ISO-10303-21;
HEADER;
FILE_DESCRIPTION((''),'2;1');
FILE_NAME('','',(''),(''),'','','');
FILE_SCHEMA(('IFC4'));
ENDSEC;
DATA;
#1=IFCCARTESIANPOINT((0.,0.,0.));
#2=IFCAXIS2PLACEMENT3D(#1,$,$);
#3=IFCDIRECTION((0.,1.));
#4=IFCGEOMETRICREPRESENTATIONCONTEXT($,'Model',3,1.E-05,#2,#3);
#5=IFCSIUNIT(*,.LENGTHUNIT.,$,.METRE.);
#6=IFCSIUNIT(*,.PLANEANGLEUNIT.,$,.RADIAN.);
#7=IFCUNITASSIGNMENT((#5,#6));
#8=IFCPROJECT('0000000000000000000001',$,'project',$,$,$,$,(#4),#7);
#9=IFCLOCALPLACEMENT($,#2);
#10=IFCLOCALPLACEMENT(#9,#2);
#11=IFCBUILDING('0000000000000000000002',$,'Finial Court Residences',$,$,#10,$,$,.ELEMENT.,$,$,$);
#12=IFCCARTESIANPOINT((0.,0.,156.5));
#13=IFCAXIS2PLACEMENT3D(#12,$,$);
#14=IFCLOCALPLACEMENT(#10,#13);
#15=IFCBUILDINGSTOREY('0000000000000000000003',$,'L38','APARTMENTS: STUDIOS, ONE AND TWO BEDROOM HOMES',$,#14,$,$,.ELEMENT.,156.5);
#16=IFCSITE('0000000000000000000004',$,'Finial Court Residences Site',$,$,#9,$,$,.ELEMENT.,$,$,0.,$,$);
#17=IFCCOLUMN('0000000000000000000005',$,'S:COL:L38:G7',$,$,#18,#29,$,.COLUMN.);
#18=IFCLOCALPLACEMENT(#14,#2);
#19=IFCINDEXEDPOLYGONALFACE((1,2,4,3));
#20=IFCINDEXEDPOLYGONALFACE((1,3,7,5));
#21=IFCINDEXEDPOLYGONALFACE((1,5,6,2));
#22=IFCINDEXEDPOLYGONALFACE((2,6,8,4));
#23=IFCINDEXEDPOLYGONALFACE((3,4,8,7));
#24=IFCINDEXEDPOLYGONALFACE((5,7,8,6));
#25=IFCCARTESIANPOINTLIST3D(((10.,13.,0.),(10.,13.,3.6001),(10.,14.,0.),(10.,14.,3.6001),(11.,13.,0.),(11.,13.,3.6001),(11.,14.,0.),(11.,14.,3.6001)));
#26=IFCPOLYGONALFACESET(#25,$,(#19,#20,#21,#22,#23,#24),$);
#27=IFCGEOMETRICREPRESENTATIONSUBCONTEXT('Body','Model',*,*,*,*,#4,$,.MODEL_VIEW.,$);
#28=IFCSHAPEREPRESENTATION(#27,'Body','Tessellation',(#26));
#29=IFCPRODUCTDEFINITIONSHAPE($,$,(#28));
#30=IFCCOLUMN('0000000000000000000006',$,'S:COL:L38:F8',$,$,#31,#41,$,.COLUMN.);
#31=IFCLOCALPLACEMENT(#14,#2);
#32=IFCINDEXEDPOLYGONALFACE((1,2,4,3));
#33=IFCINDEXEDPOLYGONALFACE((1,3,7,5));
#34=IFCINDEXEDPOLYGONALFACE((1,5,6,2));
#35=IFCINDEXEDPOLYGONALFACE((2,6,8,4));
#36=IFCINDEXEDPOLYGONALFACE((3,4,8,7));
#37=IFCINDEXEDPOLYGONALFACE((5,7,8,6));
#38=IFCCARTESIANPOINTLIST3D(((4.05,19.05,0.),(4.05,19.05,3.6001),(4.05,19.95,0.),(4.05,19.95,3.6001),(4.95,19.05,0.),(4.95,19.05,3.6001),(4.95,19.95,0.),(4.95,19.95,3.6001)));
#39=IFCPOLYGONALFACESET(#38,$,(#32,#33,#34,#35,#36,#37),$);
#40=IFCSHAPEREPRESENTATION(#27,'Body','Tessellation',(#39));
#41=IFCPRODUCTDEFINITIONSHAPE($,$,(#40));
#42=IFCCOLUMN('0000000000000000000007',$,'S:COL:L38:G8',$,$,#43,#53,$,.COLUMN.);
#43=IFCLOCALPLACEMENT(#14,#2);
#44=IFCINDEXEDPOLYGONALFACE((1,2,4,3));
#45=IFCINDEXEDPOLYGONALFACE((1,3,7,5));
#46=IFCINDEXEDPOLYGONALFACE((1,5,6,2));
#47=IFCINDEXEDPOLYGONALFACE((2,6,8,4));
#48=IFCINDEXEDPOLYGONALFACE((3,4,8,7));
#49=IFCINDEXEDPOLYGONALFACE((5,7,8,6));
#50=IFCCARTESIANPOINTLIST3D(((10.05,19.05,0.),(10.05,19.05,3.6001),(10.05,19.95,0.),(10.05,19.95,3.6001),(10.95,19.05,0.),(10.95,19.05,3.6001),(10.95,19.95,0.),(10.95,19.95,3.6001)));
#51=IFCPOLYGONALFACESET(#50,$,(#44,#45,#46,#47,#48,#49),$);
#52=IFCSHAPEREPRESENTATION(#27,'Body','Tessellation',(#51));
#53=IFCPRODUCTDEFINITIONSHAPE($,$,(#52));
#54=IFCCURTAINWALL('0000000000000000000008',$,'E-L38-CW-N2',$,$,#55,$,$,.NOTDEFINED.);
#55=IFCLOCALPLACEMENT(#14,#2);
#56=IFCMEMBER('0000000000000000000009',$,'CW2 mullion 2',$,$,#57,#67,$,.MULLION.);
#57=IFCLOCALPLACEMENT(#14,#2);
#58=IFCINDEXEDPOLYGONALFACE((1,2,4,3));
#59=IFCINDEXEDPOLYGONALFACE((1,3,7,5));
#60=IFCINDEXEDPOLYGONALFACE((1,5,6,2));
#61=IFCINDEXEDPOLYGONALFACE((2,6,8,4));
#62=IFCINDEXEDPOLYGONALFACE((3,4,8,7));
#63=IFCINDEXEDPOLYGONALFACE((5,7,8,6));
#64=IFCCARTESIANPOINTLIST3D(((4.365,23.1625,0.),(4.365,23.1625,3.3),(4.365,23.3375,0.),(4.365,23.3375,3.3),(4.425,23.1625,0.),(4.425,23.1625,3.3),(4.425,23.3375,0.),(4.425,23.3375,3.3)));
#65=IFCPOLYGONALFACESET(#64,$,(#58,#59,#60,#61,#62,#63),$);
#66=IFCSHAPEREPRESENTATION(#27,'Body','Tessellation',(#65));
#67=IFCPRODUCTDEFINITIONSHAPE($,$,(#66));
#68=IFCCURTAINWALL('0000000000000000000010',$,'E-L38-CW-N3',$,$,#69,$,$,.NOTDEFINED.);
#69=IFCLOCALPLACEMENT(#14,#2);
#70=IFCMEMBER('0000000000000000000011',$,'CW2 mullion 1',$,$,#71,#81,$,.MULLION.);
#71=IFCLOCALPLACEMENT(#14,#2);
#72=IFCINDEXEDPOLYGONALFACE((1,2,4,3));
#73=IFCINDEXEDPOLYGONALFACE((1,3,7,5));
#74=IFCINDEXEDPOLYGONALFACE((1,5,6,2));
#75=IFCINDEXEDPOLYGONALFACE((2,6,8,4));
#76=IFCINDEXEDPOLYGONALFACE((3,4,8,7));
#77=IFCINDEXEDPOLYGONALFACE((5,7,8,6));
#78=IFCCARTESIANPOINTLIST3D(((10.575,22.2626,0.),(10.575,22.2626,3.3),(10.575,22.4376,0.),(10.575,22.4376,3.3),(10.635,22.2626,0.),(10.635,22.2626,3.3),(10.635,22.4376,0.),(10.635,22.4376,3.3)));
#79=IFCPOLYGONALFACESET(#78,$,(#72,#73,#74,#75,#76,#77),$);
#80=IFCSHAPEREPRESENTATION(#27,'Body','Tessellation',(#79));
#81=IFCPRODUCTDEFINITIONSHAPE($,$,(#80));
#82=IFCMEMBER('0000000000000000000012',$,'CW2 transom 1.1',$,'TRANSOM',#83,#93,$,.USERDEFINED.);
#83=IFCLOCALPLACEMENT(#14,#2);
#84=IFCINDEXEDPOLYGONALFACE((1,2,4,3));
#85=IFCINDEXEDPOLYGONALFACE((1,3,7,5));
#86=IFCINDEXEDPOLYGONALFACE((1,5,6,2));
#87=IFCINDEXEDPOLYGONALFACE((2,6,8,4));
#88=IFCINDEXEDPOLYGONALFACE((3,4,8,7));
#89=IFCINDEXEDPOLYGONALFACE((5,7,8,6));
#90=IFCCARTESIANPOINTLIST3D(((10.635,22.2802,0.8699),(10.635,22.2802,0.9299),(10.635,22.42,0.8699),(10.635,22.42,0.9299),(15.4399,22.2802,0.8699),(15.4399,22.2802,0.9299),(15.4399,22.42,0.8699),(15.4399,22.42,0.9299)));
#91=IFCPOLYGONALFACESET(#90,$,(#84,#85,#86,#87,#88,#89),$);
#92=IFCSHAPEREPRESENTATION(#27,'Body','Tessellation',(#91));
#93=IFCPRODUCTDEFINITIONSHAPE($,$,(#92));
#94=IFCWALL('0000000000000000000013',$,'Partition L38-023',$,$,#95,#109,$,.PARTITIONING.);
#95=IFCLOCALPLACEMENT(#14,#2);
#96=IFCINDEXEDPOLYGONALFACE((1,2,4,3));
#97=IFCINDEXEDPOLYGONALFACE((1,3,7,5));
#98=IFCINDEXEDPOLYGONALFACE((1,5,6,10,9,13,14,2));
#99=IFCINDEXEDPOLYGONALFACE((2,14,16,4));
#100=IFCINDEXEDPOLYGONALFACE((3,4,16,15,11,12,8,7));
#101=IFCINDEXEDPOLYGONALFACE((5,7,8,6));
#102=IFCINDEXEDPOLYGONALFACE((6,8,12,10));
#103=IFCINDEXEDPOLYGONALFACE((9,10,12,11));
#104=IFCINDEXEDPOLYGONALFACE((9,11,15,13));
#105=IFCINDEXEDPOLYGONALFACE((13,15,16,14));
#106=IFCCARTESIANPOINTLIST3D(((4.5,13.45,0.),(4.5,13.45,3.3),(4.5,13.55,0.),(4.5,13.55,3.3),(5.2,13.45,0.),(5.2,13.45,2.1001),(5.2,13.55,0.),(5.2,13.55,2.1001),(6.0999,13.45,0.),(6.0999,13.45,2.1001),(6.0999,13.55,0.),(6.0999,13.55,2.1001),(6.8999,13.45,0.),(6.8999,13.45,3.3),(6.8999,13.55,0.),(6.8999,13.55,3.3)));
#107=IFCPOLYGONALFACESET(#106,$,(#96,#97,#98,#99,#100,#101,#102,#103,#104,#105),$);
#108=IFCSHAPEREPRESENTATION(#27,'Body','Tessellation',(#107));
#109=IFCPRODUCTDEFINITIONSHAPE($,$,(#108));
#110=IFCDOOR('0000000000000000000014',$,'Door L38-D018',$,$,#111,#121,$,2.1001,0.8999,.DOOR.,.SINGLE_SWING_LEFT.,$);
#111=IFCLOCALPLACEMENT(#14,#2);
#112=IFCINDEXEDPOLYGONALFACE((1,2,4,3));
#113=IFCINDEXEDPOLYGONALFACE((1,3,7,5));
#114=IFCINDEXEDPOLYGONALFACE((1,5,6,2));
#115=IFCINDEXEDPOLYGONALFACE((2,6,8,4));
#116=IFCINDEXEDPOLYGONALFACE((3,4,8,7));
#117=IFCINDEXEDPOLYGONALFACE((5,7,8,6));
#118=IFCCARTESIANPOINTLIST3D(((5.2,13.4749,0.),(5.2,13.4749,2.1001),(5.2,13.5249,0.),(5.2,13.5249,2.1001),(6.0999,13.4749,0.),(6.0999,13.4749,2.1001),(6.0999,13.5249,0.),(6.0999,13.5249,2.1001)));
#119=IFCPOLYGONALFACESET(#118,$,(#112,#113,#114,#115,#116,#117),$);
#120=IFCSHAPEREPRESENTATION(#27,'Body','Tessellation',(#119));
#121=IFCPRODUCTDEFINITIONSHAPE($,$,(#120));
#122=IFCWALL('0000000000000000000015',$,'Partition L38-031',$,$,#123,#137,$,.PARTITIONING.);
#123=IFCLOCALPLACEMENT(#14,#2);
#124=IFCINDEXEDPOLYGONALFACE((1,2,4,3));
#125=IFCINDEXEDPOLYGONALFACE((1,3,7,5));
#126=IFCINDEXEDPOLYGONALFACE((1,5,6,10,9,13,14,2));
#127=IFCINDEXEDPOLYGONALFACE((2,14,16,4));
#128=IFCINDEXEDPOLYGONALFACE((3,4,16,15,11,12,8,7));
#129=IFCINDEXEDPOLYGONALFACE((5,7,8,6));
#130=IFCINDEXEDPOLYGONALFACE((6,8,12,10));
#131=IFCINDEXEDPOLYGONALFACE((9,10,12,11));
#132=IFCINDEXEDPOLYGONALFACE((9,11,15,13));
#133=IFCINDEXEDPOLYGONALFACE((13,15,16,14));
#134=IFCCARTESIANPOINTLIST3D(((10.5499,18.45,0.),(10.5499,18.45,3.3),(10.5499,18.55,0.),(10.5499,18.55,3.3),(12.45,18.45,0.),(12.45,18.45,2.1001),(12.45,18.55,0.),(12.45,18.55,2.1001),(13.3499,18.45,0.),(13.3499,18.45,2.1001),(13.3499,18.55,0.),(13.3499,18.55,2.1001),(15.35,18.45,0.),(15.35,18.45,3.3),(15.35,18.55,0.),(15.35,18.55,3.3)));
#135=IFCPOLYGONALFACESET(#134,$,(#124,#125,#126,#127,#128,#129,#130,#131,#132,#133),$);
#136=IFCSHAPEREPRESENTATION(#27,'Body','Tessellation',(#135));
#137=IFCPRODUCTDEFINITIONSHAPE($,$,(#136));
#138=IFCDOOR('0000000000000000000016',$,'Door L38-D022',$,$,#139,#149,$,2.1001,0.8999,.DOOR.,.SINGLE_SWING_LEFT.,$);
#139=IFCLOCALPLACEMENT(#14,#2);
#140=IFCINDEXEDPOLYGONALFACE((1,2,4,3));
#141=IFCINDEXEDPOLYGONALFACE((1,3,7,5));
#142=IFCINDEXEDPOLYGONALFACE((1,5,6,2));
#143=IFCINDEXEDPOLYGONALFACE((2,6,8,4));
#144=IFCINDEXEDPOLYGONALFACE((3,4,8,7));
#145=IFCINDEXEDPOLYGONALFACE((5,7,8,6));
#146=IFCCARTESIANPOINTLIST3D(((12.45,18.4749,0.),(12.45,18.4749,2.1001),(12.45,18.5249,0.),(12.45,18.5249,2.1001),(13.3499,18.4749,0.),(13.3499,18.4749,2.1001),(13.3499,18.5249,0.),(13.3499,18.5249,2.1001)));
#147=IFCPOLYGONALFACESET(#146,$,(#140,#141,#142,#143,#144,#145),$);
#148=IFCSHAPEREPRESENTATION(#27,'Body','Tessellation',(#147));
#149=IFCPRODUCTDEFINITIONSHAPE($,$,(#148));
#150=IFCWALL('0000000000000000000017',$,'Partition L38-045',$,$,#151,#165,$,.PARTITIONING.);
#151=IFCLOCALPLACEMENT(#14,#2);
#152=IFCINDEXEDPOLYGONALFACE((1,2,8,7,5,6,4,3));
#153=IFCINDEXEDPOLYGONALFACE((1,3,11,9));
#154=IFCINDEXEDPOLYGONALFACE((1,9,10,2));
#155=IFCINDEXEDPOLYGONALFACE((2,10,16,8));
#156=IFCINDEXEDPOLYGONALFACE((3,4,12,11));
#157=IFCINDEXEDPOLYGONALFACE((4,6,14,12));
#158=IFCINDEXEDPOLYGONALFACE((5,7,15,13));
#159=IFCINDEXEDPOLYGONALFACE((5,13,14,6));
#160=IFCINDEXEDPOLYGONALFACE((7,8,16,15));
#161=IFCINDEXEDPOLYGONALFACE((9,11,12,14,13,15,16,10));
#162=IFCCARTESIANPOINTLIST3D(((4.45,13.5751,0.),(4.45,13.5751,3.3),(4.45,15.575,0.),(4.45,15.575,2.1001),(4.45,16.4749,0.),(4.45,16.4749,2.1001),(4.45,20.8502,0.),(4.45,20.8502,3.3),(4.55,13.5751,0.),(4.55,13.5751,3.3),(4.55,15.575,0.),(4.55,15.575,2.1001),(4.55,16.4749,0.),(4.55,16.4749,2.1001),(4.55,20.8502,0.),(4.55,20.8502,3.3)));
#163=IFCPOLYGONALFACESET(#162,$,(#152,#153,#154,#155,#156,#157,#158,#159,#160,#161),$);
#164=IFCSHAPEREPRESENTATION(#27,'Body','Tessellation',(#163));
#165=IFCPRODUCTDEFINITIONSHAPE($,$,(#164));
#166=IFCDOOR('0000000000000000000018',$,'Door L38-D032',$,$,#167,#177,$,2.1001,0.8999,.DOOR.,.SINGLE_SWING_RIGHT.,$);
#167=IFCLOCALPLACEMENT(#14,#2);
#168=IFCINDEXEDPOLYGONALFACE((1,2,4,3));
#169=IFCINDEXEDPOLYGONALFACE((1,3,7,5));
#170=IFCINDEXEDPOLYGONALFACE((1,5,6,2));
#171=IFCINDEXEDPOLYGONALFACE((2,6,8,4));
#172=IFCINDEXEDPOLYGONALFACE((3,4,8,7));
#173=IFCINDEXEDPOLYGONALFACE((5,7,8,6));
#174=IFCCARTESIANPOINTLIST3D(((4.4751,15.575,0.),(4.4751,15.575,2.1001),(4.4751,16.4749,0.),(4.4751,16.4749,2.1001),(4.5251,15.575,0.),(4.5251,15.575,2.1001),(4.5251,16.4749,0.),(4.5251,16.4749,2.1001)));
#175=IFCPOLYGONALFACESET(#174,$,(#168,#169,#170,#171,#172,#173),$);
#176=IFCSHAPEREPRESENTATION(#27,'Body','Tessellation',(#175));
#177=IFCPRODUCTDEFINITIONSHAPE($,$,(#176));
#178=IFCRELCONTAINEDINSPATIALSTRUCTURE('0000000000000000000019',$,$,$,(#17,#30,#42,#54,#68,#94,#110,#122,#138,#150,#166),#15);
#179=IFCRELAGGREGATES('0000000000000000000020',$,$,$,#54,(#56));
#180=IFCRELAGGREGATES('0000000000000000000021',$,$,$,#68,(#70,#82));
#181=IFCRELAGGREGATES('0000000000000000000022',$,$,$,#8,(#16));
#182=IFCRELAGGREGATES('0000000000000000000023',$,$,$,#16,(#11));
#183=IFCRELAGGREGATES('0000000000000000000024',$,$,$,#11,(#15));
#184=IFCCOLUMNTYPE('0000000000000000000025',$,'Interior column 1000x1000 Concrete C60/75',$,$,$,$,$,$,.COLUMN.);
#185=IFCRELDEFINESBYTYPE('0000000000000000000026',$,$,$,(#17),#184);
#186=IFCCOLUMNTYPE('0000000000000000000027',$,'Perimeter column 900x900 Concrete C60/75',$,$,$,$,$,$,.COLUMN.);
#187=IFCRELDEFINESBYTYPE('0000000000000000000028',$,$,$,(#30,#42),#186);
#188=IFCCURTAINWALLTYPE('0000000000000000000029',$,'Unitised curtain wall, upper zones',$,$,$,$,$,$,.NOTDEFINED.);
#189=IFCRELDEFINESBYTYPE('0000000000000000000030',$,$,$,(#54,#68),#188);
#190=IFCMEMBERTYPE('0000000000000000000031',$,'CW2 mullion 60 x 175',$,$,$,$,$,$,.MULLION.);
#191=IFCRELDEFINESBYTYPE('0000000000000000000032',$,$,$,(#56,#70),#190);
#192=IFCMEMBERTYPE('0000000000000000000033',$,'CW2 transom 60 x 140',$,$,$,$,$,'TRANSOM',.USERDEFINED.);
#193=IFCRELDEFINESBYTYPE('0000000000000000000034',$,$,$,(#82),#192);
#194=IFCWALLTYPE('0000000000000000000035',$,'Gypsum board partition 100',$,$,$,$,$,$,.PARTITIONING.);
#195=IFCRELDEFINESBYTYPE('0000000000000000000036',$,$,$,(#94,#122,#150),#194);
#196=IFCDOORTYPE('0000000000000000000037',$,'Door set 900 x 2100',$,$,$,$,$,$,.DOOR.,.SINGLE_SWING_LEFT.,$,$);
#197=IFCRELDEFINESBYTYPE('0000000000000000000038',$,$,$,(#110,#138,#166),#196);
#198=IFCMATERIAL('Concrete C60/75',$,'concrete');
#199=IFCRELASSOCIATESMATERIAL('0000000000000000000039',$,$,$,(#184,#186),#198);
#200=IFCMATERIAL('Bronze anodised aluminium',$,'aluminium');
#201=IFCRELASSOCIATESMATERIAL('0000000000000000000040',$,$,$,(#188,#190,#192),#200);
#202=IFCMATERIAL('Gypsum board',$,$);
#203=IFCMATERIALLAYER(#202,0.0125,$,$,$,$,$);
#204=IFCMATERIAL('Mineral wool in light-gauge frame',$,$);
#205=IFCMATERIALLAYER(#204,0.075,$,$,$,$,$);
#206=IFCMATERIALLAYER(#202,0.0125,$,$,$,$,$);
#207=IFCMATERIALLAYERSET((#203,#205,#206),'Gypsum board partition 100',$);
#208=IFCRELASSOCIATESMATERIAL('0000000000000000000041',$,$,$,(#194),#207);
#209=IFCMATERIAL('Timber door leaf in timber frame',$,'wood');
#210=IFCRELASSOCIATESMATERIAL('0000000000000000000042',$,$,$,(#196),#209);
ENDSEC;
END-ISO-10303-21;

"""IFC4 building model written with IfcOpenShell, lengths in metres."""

from ifc_helpers import new_model, si_unit, direction, frame, frame_2d, origin, origin_2d, place, context, subcontext, project, spatial, rectangle, extrude, material, layer, layer_set, material_profile, profile_set, type_object, element, fill, aggregate, save


model = new_model("IFC4")

# Units and contexts
model_context = context("Model", 3, precision=1e-05, world=origin(), true_north=direction((0.0, 1.0)))
body_context = subcontext(model_context, "Body", "Model", "MODEL_VIEW")
ifc_project = project(units=[si_unit("LENGTHUNIT", "METRE"), si_unit("PLANEANGLEUNIT", "RADIAN")], contexts=[model_context])

# Site, building, storey
site_placement = place(None, origin())
site = spatial("IfcSite", under=ifc_project, at=site_placement, Name="Finial Court Residences Site", CompositionType="ELEMENT", RefElevation=0.0)
building_placement = place(site_placement, origin())
building = spatial("IfcBuilding", under=site, at=building_placement, Name="Finial Court Residences", CompositionType="ELEMENT")
storey_placement = place(building_placement, frame((0.0, 0.0, 156.5)))
storey = spatial("IfcBuildingStorey", under=building, at=storey_placement, Name="L38", Description="APARTMENTS: STUDIOS, ONE AND TWO BEDROOM HOMES", CompositionType="ELEMENT", Elevation=156.5)

# Columns
ifc_material_1 = material(Name="Concrete C60/75", Category="concrete")
ifc_material_profile_1 = material_profile(ifc_material_1, rectangle(XDim=1.0, YDim=1.0, at=origin_2d()), Name="1000x1000")
ifc_profile_set_1 = profile_set([ifc_material_profile_1], Name="Concrete C60/75")
column_type_1 = type_object("IfcColumnType", Name="Interior column 1000x1000 Concrete C60/75", PredefinedType="COLUMN", material=ifc_profile_set_1)
column_placement = place(storey_placement, frame((10.5, 13.5, 0.0), z_axis=(0.0, 0.0, 1.0), x_axis=(1.0, 0.0, 0.0)))
element("IfcColumn", 1, at=column_placement, inside=storey, type_object=column_type_1, Name="S:COL:L38:G7", PredefinedType="COLUMN", context=body_context, shape_type="SweptSolid", body=[
    extrude(rectangle(XDim=1.0, YDim=1.0, at=origin_2d()), origin(), (0.0, 0.0, 1.0), 3.6001),
])
ifc_material_profile_2 = material_profile(ifc_material_1, rectangle(XDim=0.8999, YDim=0.8999, at=origin_2d()), Name="900x900")
ifc_profile_set_2 = profile_set([ifc_material_profile_2], Name="Concrete C60/75")
column_type_2 = type_object("IfcColumnType", Name="Perimeter column 900x900 Concrete C60/75", PredefinedType="COLUMN", material=ifc_profile_set_2)
for number, where, z_axis, x_axis, name in (
    (2, (4.5, 19.5, 0.0), (0.0, 0.0, 1.0), (1.0, 0.0, 0.0), "S:COL:L38:F8"),
    (3, (10.5, 19.5, 0.0), (0.0, 0.0, 1.0), (1.0, 0.0, 0.0), "S:COL:L38:G8"),
):
    element("IfcColumn", number, at=place(storey_placement, frame(where, z_axis=z_axis, x_axis=x_axis)), inside=storey, type_object=column_type_2, Name=name, PredefinedType="COLUMN", context=body_context, shape_type="SweptSolid", body=[
        extrude(rectangle(XDim=0.8999, YDim=0.8999, at=origin_2d()), origin(), (0.0, 0.0, 1.0), 3.6001),
    ])

# Curtain wall, member
ifc_material_2 = material(Name="Bronze anodised aluminium", Category="aluminium")
curtain_wall_type = type_object("IfcCurtainWallType", Name="Unitised curtain wall, upper zones", PredefinedType="NOTDEFINED", material=ifc_material_2)
curtain_wall_1_placement = place(storey_placement, origin())
curtain_wall_1 = element("IfcCurtainWall", 4, at=curtain_wall_1_placement, inside=storey, type_object=curtain_wall_type, Name="E-L38-CW-N2", PredefinedType="NOTDEFINED")
ifc_material_profile_3 = material_profile(ifc_material_2, rectangle(XDim=0.175, YDim=0.0601, at=origin_2d()), Name="CW2 mullion 60 x 175")
ifc_profile_set_3 = profile_set([ifc_material_profile_3], Name="Bronze anodised aluminium")
member_type_1 = type_object("IfcMemberType", Name="CW2 mullion 60 x 175", PredefinedType="MULLION", material=ifc_profile_set_3)
member_1_placement = place(storey_placement, frame((4.395, 23.25, 0.0), z_axis=(0.0, 0.0, 1.0), x_axis=(0.0, 1.0, 0.0)))
member_1 = element("IfcMember", 5, at=member_1_placement, type_object=member_type_1, Name="CW2 mullion 2", PredefinedType="MULLION", context=body_context, shape_type="SweptSolid", body=[
    extrude(rectangle(XDim=0.175, YDim=0.0601, at=origin_2d()), origin(), (0.0, 0.0, 1.0), 3.3),
])
aggregate(curtain_wall_1, [member_1])

# Curtain wall, members
curtain_wall_2_placement = place(storey_placement, origin())
curtain_wall_2 = element("IfcCurtainWall", 6, at=curtain_wall_2_placement, inside=storey, type_object=curtain_wall_type, Name="E-L38-CW-N3", PredefinedType="NOTDEFINED")
member_2_placement = place(storey_placement, frame((10.605, 22.3501, 0.0), z_axis=(0.0, 0.0, 1.0), x_axis=(0.0, 1.0, 0.0)))
member_2 = element("IfcMember", 7, at=member_2_placement, type_object=member_type_1, Name="CW2 mullion 1", PredefinedType="MULLION", context=body_context, shape_type="SweptSolid", body=[
    extrude(rectangle(XDim=0.175, YDim=0.0601, at=origin_2d()), origin(), (0.0, 0.0, 1.0), 3.3),
])
ifc_material_profile_4 = material_profile(ifc_material_2, rectangle(XDim=0.1399, YDim=0.0601, at=origin_2d()), Name="CW2 transom 60 x 140")
ifc_profile_set_4 = profile_set([ifc_material_profile_4], Name="Bronze anodised aluminium")
member_type_2 = type_object("IfcMemberType", Name="CW2 transom 60 x 140", ElementType="TRANSOM", PredefinedType="USERDEFINED", material=ifc_profile_set_4)
member_3_placement = place(storey_placement, frame((10.635, 22.3501, 0.8999), z_axis=(1.0, 0.0, 0.0), x_axis=(0.0, 1.0, 0.0)))
member_3 = element("IfcMember", 8, at=member_3_placement, type_object=member_type_2, Name="CW2 transom 1.1", ObjectType="TRANSOM", PredefinedType="USERDEFINED", context=body_context, shape_type="SweptSolid", body=[
    extrude(rectangle(XDim=0.1399, YDim=0.0601, at=origin_2d()), origin(), (0.0, 0.0, 1.0), 4.8049),
])
aggregate(curtain_wall_2, [member_2, member_3])

# Walls, openings, doors
ifc_material_3 = material(Name="Gypsum board")
ifc_layer_1 = layer(ifc_material_3, 0.0125)
ifc_material_4 = material(Name="Mineral wool in light-gauge frame")
ifc_layer_2 = layer(ifc_material_4, 0.075)
ifc_layer_3 = layer(ifc_material_3, 0.0125)
ifc_layer_set_1 = layer_set([ifc_layer_1, ifc_layer_2, ifc_layer_3], Name="Gypsum board partition 100")
wall_type_1 = type_object("IfcWallType", Name="Gypsum board partition 100", PredefinedType="PARTITIONING", material=ifc_layer_set_1)
wall_1_placement = place(storey_placement, frame((4.5, 13.5, 0.0), z_axis=(0.0, 0.0, 1.0), x_axis=(1.0, 0.0, 0.0)))
wall_1 = element("IfcWall", 9, at=wall_1_placement, inside=storey, type_object=wall_type_1, Name="Partition L38-023", PredefinedType="PARTITIONING", context=body_context, shape_type="SweptSolid", body=[
    extrude(rectangle(XDim=2.3999, YDim=0.1001, at=frame_2d((1.2, 0.0))), origin(), (0.0, 0.0, 1.0), 3.3),
])
opening_1_placement = place(wall_1_placement, frame((0.7, 0.0, 0.0)))
opening_1 = element("IfcOpeningElement", 10, at=opening_1_placement, cuts=wall_1, PredefinedType="OPENING", context=body_context, shape_type="SweptSolid", body=[
    extrude(rectangle(XDim=0.8999, YDim=2.1001, at=frame_2d((0.45, 1.05))), frame((0.0, 0.0601, 0.0), z_axis=(0.0, -1.0, 0.0), x_axis=(1.0, 0.0, 0.0)), (0.0, 0.0, 1.0), 0.1201),
])
ifc_material_5 = material(Name="Timber door leaf in timber frame", Category="wood")
door_type_1 = type_object("IfcDoorType", Name="Door set 900 x 2100", OperationType="SINGLE_SWING_LEFT", PredefinedType="DOOR", material=ifc_material_5)
door_1_placement = place(opening_1_placement, origin())
door_1 = element("IfcDoor", 11, at=door_1_placement, inside=storey, type_object=door_type_1, Name="Door L38-D018", OperationType="SINGLE_SWING_LEFT", OverallHeight=2.1001, OverallWidth=0.8999, PredefinedType="DOOR", context=body_context, shape_type="SweptSolid", body=[
    extrude(rectangle(XDim=0.8999, YDim=2.1001, at=frame_2d((0.45, 1.05))), frame((0.0, 0.0249, 0.0), z_axis=(0.0, -1.0, 0.0), x_axis=(1.0, 0.0, 0.0)), (0.0, 0.0, 1.0), 0.05),
])
fill(opening_1, door_1)
wall_2_placement = place(storey_placement, frame((10.55, 18.5, 0.0), z_axis=(0.0, 0.0, 1.0), x_axis=(1.0, 0.0, 0.0)))
wall_2 = element("IfcWall", 12, at=wall_2_placement, inside=storey, type_object=wall_type_1, Name="Partition L38-031", PredefinedType="PARTITIONING", context=body_context, shape_type="SweptSolid", body=[
    extrude(rectangle(XDim=4.8, YDim=0.1001, at=frame_2d((2.3999, 0.0))), origin(), (0.0, 0.0, 1.0), 3.3),
])
opening_2_placement = place(wall_2_placement, frame((1.8999, 0.0, 0.0)))
opening_2 = element("IfcOpeningElement", 13, at=opening_2_placement, cuts=wall_2, PredefinedType="OPENING", context=body_context, shape_type="SweptSolid", body=[
    extrude(rectangle(XDim=0.8999, YDim=2.1001, at=frame_2d((0.45, 1.05))), frame((0.0, 0.0601, 0.0), z_axis=(0.0, -1.0, 0.0), x_axis=(1.0, 0.0, 0.0)), (0.0, 0.0, 1.0), 0.1201),
])
door_2_placement = place(opening_2_placement, origin())
door_2 = element("IfcDoor", 14, at=door_2_placement, inside=storey, type_object=door_type_1, Name="Door L38-D022", OperationType="SINGLE_SWING_LEFT", OverallHeight=2.1001, OverallWidth=0.8999, PredefinedType="DOOR", context=body_context, shape_type="SweptSolid", body=[
    extrude(rectangle(XDim=0.8999, YDim=2.1001, at=frame_2d((0.45, 1.05))), frame((0.0, 0.0249, 0.0), z_axis=(0.0, -1.0, 0.0), x_axis=(1.0, 0.0, 0.0)), (0.0, 0.0, 1.0), 0.05),
])
fill(opening_2, door_2)
wall_3_placement = place(storey_placement, frame((4.5, 13.575, 0.0), z_axis=(0.0, 0.0, 1.0), x_axis=(0.0, 1.0, 0.0)))
wall_3 = element("IfcWall", 15, at=wall_3_placement, inside=storey, type_object=wall_type_1, Name="Partition L38-045", PredefinedType="PARTITIONING", context=body_context, shape_type="SweptSolid", body=[
    extrude(rectangle(XDim=7.2751, YDim=0.1001, at=frame_2d((3.6377, 0.0))), origin(), (0.0, 0.0, 1.0), 3.3),
])
opening_3_placement = place(wall_3_placement, frame((2.0, 0.0, 0.0)))
opening_3 = element("IfcOpeningElement", 16, at=opening_3_placement, cuts=wall_3, PredefinedType="OPENING", context=body_context, shape_type="SweptSolid", body=[
    extrude(rectangle(XDim=0.8999, YDim=2.1001, at=frame_2d((0.45, 1.05))), frame((0.0, 0.0601, 0.0), z_axis=(0.0, -1.0, 0.0), x_axis=(1.0, 0.0, 0.0)), (0.0, 0.0, 1.0), 0.1201),
])
door_3_placement = place(opening_3_placement, origin())
door_3 = element("IfcDoor", 17, at=door_3_placement, inside=storey, type_object=door_type_1, Name="Door L38-D032", OperationType="SINGLE_SWING_RIGHT", OverallHeight=2.1001, OverallWidth=0.8999, PredefinedType="DOOR", context=body_context, shape_type="SweptSolid", body=[
    extrude(rectangle(XDim=0.8999, YDim=2.1001, at=frame_2d((0.45, 1.05))), frame((0.0, 0.0249, 0.0), z_axis=(0.0, -1.0, 0.0), x_axis=(1.0, 0.0, 0.0)), (0.0, 0.0, 1.0), 0.05),
])
fill(opening_3, door_3)

save(model, "model.ifc")
